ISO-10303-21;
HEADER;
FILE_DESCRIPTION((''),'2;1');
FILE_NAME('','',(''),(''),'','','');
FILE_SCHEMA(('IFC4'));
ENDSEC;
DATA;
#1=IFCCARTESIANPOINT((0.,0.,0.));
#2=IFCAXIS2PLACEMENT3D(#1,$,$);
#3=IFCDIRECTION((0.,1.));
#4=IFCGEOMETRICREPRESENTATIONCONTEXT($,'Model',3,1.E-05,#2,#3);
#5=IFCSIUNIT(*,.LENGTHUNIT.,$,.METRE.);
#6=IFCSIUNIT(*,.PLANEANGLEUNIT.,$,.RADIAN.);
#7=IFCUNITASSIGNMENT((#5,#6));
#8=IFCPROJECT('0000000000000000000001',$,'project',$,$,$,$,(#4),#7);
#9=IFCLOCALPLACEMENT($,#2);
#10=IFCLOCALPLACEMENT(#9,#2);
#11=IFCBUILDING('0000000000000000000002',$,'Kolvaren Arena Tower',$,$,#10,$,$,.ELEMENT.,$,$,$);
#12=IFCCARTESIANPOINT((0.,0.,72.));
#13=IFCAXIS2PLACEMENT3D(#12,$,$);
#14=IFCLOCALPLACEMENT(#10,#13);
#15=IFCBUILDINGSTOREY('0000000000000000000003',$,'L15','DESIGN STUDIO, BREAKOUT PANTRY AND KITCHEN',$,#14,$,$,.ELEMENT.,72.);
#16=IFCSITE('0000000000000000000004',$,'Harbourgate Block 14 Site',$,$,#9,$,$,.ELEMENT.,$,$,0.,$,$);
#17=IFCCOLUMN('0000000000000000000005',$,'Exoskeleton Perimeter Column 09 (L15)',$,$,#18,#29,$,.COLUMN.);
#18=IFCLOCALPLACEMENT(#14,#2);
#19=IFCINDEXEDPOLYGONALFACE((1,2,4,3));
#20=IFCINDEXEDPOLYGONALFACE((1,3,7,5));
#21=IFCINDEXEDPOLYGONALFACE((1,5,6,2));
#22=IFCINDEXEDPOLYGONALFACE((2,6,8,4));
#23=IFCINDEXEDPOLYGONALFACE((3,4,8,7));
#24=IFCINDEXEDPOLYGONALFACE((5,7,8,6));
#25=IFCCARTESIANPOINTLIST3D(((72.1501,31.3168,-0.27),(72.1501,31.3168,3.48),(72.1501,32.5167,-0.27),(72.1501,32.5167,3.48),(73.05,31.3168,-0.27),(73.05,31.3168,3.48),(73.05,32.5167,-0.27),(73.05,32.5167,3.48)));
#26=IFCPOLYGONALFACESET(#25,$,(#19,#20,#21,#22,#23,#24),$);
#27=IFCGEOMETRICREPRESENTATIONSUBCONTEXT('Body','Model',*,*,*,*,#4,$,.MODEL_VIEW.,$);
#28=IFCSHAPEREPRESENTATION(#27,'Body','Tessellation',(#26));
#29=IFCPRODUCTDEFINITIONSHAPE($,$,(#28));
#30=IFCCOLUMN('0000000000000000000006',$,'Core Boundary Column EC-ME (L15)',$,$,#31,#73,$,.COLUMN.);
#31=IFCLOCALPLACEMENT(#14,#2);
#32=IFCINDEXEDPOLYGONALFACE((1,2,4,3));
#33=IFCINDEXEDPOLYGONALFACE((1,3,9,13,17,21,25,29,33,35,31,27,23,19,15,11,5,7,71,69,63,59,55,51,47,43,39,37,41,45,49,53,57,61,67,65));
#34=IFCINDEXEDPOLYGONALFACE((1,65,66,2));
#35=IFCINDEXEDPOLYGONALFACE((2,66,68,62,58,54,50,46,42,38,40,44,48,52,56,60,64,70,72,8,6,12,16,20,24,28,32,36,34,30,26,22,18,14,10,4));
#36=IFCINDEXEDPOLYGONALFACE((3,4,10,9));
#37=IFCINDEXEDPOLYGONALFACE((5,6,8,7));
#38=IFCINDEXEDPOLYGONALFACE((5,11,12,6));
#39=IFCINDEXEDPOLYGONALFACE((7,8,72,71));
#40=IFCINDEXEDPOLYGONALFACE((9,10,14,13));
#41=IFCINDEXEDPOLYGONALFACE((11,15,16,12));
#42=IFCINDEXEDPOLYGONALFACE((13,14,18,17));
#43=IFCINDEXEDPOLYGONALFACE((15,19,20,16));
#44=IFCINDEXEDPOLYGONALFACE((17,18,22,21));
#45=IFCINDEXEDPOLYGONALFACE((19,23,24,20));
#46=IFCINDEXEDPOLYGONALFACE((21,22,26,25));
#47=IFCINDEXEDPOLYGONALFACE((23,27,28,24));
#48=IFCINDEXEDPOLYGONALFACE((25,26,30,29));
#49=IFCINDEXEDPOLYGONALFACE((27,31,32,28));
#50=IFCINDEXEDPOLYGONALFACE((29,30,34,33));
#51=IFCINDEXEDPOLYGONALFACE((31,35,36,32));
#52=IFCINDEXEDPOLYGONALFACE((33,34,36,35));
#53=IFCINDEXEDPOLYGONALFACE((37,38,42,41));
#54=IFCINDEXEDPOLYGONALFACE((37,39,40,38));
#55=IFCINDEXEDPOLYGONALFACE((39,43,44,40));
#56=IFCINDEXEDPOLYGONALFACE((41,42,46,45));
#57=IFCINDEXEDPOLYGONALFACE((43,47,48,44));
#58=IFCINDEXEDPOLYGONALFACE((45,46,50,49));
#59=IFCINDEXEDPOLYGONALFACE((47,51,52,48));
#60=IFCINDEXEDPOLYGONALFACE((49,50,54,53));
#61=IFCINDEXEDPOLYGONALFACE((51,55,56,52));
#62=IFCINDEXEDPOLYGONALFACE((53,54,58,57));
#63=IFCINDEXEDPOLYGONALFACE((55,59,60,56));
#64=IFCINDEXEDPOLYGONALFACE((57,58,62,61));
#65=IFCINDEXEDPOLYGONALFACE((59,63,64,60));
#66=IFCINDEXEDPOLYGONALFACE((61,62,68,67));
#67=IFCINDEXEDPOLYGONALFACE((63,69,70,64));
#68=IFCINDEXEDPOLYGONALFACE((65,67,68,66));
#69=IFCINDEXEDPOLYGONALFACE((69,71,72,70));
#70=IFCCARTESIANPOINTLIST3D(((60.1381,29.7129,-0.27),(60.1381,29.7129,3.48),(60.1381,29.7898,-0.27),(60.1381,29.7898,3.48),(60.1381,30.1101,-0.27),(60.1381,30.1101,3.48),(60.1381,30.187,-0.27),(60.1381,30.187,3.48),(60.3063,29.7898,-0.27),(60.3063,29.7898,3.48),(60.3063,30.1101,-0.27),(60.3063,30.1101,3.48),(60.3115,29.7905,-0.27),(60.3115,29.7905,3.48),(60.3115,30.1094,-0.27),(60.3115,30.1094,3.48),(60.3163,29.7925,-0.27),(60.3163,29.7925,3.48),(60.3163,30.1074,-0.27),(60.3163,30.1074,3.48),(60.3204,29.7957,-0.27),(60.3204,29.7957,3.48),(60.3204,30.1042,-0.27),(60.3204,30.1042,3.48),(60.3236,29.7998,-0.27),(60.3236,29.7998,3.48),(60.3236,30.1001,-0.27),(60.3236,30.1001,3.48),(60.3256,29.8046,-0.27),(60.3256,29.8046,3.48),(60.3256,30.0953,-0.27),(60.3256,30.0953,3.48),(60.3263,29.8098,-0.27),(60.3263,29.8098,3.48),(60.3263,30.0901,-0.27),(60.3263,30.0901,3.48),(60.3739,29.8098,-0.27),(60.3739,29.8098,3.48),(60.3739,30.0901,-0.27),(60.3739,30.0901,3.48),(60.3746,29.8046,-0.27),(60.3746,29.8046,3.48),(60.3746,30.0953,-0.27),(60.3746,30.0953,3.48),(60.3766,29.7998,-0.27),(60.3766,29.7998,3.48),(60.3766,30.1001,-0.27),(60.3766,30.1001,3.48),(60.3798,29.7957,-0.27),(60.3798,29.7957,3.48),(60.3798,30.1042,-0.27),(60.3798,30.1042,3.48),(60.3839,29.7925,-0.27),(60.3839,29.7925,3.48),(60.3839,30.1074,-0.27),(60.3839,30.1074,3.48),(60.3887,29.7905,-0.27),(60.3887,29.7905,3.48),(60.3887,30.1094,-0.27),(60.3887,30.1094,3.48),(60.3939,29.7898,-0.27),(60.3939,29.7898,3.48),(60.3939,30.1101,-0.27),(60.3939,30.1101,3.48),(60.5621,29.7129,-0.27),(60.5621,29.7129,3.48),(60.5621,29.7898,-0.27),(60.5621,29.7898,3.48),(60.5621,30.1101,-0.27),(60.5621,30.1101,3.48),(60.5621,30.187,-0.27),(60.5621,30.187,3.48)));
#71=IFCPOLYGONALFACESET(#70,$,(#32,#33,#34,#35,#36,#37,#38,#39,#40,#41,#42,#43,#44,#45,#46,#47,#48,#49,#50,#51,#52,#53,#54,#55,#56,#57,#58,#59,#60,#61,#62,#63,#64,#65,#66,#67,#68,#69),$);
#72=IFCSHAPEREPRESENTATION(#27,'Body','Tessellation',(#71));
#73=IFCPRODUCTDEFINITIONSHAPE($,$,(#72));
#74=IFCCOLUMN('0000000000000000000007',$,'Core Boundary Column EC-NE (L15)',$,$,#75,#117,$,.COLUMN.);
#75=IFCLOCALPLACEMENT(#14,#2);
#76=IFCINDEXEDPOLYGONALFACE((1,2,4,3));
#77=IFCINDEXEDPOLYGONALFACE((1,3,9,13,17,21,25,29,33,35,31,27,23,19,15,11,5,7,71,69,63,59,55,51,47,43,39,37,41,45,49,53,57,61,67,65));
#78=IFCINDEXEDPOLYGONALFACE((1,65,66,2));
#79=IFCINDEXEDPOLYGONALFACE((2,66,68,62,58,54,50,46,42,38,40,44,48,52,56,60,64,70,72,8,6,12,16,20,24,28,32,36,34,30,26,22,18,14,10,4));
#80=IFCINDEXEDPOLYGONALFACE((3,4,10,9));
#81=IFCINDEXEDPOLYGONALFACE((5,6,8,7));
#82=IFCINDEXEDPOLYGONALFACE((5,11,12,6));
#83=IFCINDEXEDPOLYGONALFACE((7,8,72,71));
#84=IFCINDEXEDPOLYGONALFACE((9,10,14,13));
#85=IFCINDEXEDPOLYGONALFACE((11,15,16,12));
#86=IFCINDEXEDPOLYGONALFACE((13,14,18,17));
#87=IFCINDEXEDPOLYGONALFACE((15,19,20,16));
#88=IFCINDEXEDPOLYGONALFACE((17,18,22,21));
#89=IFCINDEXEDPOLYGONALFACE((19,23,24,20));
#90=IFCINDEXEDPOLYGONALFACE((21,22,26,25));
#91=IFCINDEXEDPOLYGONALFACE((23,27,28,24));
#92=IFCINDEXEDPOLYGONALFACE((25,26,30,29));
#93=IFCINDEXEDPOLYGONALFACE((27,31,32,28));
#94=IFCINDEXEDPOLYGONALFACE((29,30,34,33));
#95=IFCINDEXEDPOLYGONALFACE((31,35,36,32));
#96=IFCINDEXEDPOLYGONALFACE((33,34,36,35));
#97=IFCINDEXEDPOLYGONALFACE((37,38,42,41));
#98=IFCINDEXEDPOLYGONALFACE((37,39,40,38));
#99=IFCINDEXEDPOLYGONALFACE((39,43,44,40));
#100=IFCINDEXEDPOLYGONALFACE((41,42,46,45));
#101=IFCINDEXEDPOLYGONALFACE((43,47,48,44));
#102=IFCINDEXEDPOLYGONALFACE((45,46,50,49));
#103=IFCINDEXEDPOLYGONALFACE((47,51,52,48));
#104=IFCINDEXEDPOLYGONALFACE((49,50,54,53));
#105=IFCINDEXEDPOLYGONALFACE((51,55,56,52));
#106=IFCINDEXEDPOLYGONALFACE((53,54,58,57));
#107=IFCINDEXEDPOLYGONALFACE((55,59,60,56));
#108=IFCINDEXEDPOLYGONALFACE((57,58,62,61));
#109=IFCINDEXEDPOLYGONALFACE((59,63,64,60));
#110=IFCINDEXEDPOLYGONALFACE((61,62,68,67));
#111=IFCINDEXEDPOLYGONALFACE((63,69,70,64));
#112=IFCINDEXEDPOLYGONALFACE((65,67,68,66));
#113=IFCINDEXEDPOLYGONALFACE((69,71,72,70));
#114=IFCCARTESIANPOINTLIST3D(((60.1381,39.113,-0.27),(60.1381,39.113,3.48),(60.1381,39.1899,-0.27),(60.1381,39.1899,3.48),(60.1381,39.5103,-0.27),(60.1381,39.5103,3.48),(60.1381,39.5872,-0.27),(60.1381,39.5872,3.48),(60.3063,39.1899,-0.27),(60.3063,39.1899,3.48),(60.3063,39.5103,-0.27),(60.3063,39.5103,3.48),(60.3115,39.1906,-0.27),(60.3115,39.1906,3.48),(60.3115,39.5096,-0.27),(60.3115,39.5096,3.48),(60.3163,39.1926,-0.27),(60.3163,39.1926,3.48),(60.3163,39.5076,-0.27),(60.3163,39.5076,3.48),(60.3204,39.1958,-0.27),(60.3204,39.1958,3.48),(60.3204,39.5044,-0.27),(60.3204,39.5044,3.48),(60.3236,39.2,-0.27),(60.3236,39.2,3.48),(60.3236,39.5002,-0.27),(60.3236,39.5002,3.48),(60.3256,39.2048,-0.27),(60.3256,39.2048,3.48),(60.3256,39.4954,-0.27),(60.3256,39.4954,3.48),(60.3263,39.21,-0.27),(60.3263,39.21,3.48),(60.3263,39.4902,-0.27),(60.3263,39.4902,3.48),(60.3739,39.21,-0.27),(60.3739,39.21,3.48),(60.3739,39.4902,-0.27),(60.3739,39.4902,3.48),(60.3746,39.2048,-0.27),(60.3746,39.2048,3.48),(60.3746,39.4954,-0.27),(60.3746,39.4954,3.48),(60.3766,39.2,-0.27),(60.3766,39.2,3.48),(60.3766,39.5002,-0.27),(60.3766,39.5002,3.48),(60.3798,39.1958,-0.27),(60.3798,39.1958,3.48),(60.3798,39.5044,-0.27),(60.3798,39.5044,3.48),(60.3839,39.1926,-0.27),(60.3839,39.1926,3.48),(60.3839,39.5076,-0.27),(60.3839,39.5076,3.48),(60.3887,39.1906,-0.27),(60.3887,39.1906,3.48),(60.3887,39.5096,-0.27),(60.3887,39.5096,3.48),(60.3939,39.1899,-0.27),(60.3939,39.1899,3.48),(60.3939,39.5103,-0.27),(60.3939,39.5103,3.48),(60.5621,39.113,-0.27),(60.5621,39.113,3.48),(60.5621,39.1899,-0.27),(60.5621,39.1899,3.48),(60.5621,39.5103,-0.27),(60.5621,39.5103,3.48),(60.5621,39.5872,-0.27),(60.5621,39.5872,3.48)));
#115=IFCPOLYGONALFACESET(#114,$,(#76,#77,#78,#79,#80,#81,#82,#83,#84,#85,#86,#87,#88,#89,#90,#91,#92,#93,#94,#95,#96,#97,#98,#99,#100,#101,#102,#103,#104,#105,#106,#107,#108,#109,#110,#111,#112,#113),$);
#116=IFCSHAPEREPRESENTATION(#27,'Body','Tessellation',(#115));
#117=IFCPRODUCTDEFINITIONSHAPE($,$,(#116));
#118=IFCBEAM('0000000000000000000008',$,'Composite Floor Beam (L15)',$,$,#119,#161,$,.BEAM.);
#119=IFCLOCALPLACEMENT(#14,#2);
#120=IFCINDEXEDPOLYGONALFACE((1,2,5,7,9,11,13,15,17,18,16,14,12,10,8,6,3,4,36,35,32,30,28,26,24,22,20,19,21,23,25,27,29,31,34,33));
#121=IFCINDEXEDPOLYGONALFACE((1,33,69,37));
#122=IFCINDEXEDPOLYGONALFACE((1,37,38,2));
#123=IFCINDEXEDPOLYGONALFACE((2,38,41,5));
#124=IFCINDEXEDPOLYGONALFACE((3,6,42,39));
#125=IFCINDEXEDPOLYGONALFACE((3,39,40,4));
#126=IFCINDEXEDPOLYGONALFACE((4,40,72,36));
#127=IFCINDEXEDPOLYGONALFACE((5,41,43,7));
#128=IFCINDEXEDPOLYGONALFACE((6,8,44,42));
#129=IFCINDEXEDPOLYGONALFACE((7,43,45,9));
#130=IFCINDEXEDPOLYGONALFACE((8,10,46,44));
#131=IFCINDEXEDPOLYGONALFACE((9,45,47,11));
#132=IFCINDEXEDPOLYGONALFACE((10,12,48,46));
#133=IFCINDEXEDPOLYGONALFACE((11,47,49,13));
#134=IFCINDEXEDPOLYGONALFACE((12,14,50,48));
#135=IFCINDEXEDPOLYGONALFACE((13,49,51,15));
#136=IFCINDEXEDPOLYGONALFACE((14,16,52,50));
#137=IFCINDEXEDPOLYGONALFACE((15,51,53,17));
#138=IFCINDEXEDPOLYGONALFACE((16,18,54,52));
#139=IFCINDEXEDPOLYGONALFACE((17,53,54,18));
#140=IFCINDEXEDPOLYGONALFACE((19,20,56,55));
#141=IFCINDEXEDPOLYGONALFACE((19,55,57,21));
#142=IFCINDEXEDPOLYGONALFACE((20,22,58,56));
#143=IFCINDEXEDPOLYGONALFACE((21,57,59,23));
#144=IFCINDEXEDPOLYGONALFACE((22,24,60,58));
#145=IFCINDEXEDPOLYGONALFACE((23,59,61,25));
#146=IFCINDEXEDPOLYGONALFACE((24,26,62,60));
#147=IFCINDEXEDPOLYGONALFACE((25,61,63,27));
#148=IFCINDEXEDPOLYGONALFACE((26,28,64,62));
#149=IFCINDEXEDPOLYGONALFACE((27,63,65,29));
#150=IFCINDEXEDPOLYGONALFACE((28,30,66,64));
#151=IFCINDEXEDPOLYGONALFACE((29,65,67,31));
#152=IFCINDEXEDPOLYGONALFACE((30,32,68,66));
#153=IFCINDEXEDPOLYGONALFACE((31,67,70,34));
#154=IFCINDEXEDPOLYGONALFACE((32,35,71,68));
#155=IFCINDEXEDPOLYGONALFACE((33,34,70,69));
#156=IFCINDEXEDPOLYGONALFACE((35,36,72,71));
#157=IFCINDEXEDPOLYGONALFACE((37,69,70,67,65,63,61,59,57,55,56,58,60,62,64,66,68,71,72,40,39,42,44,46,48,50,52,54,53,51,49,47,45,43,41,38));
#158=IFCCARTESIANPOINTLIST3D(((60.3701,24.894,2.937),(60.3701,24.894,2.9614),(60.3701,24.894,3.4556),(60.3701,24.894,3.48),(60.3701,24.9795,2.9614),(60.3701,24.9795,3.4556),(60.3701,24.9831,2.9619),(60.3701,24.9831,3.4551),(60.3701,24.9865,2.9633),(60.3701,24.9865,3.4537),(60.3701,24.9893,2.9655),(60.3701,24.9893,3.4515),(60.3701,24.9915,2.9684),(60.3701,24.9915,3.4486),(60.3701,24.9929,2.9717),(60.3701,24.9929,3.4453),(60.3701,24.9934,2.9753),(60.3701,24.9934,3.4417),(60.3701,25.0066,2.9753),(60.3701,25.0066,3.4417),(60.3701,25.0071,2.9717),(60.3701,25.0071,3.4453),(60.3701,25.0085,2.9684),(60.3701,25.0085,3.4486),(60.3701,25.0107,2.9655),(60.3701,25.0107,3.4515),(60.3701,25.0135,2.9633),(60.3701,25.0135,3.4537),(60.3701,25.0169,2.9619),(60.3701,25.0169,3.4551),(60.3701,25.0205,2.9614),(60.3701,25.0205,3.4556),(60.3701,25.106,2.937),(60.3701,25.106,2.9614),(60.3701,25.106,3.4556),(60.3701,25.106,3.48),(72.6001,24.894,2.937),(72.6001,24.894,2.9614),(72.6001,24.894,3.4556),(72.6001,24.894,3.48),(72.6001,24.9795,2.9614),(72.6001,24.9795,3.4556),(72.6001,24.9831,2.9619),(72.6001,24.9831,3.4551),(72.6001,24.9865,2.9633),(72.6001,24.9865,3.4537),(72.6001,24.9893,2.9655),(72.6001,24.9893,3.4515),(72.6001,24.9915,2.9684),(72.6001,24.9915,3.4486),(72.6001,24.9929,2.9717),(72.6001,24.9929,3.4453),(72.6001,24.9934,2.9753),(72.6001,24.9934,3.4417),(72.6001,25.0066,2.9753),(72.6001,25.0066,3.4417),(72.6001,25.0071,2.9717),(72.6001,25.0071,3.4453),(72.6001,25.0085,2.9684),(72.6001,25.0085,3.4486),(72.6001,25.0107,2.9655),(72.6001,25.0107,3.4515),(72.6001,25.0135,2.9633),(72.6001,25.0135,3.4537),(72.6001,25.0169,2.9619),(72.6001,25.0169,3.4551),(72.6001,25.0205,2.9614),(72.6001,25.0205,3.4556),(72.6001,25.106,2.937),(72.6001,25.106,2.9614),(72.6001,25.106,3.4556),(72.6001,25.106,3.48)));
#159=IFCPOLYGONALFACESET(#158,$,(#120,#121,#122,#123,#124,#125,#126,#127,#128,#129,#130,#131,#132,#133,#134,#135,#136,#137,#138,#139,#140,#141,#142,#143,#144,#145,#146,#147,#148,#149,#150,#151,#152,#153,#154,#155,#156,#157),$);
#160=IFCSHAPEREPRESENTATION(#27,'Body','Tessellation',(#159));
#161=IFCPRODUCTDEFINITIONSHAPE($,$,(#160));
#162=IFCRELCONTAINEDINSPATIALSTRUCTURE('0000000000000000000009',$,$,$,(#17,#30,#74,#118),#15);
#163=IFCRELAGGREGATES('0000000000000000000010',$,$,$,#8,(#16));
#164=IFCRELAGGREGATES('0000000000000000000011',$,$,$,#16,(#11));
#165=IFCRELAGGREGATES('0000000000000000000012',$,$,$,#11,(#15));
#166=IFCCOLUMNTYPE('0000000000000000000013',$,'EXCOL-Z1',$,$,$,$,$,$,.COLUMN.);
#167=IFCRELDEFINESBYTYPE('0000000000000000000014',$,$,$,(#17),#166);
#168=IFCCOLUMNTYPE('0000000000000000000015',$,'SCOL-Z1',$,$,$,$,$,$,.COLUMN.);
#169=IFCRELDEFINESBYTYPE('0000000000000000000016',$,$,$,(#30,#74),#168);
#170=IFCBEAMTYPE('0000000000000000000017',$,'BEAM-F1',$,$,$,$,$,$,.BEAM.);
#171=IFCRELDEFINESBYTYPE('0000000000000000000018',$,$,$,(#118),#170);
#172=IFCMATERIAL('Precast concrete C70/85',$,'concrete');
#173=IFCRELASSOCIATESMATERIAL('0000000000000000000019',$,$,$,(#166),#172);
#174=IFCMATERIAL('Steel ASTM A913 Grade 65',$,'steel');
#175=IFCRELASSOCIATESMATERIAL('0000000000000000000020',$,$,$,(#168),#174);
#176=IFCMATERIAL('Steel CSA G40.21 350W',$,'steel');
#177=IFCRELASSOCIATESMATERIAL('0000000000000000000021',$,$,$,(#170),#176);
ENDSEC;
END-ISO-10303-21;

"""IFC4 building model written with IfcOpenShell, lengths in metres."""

from ifc_helpers import new_model, si_unit, direction, frame, origin, origin_2d, place, context, subcontext, project, spatial, rectangle, i_section, extrude, material, material_profile, profile_set, type_object, element, save


model = new_model("IFC4")

# Units and contexts
model_context = context("Model", 3, precision=1e-05, world=origin(), true_north=direction((0.0, 1.0)))
body_context = subcontext(model_context, "Body", "Model", "MODEL_VIEW")
ifc_project = project(units=[si_unit("LENGTHUNIT", "METRE"), si_unit("PLANEANGLEUNIT", "RADIAN")], contexts=[model_context])

# Site, building, storey
site_placement = place(None, origin())
site = spatial("IfcSite", under=ifc_project, at=site_placement, Name="Harbourgate Block 14 Site", CompositionType="ELEMENT", RefElevation=0.0)
building_placement = place(site_placement, origin())
building = spatial("IfcBuilding", under=site, at=building_placement, Name="Kolvaren Arena Tower", CompositionType="ELEMENT")
storey_placement = place(building_placement, frame((0.0, 0.0, 72.0)))
storey = spatial("IfcBuildingStorey", under=building, at=storey_placement, Name="L15", Description="DESIGN STUDIO, BREAKOUT PANTRY AND KITCHEN", CompositionType="ELEMENT", Elevation=72.0)

# Columns
ifc_material_1 = material(Name="Precast concrete C70/85", Category="concrete")
ifc_material_profile_1 = material_profile(ifc_material_1, rectangle(XDim=1.2, YDim=0.8999, at=origin_2d()), Name="RC-1200x900")
ifc_profile_set_1 = profile_set([ifc_material_profile_1], Name="Precast concrete C70/85")
column_type_1 = type_object("IfcColumnType", Name="EXCOL-Z1", PredefinedType="COLUMN", material=ifc_profile_set_1)
column_placement = place(storey_placement, frame((72.6001, 31.9167, -0.27), z_axis=(0.0, 0.0, 1.0), x_axis=(0.0, 1.0, 0.0)))
element("IfcColumn", 1, at=column_placement, inside=storey, type_object=column_type_1, Name="Exoskeleton Perimeter Column 09 (L15)", PredefinedType="COLUMN", context=body_context, shape_type="SweptSolid", body=[
    extrude(rectangle(XDim=1.2, YDim=0.8999, at=origin_2d()), origin(), (0.0, 0.0, 1.0), 3.75),
])
ifc_material_2 = material(Name="Steel ASTM A913 Grade 65", Category="steel")
ifc_material_profile_2 = material_profile(ifc_material_2, i_section(OverallWidth=0.4241, OverallDepth=0.4741, WebThickness=0.0476, FlangeThickness=0.0769, FilletRadius=0.02, at=origin_2d()), Name="W360x634")
ifc_profile_set_2 = profile_set([ifc_material_profile_2], Name="Steel ASTM A913 Grade 65")
column_type_2 = type_object("IfcColumnType", Name="SCOL-Z1", PredefinedType="COLUMN", material=ifc_profile_set_2)
for number, where, z_axis, x_axis, name in (
    (2, (60.3501, 29.95, -0.27), (0.0, 0.0, 1.0), (1.0, 0.0, 0.0), "Core Boundary Column EC-ME (L15)"),
    (3, (60.3501, 39.3501, -0.27), (0.0, 0.0, 1.0), (1.0, 0.0, 0.0), "Core Boundary Column EC-NE (L15)"),
):
    element("IfcColumn", number, at=place(storey_placement, frame(where, z_axis=z_axis, x_axis=x_axis)), inside=storey, type_object=column_type_2, Name=name, PredefinedType="COLUMN", context=body_context, shape_type="SweptSolid", body=[
        extrude(i_section(OverallWidth=0.4241, OverallDepth=0.4741, WebThickness=0.0476, FlangeThickness=0.0769, FilletRadius=0.02, at=origin_2d()), origin(), (0.0, 0.0, 1.0), 3.75),
    ])

# Beam
ifc_material_3 = material(Name="Steel CSA G40.21 350W", Category="steel")
ifc_material_profile_3 = material_profile(ifc_material_3, i_section(OverallWidth=0.2119, OverallDepth=0.543, WebThickness=0.0132, FlangeThickness=0.0244, FilletRadius=0.0139, at=origin_2d()), Name="W530x150")
ifc_profile_set_3 = profile_set([ifc_material_profile_3], Name="Steel CSA G40.21 350W")
beam_type_1 = type_object("IfcBeamType", Name="BEAM-F1", PredefinedType="BEAM", material=ifc_profile_set_3)
beam_1_placement = place(storey_placement, frame((60.3701, 25.0, 3.2085), z_axis=(1.0, 0.0, 0.0), x_axis=(0.0, 1.0, 0.0)))
element("IfcBeam", 4, at=beam_1_placement, inside=storey, type_object=beam_type_1, Name="Composite Floor Beam (L15)", PredefinedType="BEAM", context=body_context, shape_type="SweptSolid", body=[
    extrude(i_section(OverallWidth=0.2119, OverallDepth=0.543, WebThickness=0.0132, FlangeThickness=0.0244, FilletRadius=0.0139, at=origin_2d()), origin(), (0.0, 0.0, 1.0), 12.23),
])

save(model, "model.ifc")
